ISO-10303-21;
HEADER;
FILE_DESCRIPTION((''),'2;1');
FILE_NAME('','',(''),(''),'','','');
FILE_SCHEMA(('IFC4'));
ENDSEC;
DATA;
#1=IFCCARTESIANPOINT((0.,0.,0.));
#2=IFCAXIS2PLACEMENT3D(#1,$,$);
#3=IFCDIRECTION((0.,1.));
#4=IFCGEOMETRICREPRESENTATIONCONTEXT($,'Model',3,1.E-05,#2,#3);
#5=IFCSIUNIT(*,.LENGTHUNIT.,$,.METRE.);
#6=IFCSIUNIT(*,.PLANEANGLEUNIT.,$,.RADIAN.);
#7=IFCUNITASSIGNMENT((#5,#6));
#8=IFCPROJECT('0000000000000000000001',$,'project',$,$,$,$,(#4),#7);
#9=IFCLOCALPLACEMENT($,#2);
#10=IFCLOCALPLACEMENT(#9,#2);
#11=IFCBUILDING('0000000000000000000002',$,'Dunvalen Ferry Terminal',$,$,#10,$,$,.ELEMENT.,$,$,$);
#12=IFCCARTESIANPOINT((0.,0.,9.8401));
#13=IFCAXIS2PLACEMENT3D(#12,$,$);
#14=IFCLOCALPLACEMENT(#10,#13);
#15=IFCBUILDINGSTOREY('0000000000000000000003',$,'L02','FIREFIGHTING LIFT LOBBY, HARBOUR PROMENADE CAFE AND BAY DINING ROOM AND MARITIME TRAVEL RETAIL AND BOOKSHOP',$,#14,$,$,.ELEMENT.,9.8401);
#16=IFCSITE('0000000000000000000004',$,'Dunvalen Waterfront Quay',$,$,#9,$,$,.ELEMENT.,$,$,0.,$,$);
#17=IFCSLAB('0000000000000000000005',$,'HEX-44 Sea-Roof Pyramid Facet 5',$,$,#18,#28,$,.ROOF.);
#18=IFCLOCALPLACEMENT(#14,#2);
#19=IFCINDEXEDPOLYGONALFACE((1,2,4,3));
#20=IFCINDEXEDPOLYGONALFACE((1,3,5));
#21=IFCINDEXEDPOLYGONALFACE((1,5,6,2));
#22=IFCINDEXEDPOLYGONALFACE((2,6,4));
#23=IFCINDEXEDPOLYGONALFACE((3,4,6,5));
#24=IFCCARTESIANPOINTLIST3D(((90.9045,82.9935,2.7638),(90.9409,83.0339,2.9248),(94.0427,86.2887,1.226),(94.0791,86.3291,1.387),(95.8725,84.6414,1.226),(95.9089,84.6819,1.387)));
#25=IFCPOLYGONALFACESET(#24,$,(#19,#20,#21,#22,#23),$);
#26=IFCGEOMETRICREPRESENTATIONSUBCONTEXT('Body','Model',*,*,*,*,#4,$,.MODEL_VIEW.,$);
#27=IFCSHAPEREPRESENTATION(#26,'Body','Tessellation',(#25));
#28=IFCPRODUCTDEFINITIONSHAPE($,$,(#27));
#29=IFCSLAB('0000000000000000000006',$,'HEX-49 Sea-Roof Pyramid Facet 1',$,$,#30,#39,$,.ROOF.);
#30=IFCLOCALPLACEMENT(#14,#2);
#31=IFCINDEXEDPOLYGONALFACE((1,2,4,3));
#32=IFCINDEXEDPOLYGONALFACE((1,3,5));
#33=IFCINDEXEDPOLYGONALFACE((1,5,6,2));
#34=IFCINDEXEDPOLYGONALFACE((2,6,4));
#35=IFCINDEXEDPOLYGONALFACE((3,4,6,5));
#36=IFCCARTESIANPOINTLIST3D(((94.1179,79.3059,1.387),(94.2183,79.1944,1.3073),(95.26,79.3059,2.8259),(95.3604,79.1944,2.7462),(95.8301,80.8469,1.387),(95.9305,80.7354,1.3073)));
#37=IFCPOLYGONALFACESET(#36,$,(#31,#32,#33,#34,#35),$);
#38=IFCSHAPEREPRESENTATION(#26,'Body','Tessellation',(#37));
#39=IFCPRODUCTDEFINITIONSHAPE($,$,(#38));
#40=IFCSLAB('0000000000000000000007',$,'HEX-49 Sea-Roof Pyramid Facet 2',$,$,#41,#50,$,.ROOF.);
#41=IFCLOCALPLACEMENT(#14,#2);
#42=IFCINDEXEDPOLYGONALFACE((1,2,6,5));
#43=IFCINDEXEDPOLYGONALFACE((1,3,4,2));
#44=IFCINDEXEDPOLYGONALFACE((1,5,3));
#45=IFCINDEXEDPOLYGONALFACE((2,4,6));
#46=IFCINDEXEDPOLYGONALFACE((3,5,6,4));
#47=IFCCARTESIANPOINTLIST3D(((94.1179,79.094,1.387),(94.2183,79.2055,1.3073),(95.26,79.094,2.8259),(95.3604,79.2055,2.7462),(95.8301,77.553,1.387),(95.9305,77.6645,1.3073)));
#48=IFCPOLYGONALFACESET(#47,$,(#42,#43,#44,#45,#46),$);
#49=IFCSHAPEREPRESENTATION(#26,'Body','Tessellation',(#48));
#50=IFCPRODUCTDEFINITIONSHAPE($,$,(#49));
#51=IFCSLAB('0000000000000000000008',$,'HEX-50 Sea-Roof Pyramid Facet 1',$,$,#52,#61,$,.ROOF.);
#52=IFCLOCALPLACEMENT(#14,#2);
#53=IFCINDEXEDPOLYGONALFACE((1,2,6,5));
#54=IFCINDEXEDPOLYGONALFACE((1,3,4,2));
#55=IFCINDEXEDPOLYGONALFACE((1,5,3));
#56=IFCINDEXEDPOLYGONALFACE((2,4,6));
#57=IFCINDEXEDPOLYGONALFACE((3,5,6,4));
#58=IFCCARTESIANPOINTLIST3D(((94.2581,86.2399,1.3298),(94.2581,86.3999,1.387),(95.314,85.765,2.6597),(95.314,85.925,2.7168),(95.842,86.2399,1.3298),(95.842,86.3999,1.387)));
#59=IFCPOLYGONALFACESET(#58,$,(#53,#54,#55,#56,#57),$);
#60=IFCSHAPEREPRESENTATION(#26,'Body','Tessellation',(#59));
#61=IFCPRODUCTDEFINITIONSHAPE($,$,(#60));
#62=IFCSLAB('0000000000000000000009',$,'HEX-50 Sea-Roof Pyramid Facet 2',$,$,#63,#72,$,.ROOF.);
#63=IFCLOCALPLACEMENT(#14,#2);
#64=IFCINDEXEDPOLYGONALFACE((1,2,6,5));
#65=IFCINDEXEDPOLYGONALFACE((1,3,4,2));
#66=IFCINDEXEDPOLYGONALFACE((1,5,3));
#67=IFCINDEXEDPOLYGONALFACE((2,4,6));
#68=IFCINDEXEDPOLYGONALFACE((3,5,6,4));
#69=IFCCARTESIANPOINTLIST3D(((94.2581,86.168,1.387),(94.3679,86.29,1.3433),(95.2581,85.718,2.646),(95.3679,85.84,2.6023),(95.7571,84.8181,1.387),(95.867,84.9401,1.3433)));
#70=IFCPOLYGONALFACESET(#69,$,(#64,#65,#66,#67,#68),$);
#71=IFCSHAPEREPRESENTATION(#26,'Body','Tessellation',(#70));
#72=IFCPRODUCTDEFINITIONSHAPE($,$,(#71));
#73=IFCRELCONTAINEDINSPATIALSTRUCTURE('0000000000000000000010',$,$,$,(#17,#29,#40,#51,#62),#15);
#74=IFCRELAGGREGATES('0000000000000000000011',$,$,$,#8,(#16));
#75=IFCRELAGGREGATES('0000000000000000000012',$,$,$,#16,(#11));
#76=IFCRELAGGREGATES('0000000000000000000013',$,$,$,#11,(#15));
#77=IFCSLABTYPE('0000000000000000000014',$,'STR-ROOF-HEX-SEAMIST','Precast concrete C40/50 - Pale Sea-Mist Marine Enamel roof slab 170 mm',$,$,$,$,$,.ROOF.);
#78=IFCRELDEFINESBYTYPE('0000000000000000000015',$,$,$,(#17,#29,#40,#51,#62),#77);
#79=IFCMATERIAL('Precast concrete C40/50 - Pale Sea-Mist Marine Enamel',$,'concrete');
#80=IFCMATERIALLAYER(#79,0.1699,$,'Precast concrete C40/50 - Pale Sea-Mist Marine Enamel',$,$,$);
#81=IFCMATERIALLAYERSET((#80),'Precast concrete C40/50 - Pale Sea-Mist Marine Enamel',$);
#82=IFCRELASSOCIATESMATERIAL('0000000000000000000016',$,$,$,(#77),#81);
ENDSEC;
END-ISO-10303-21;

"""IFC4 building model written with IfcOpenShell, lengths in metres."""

from ifc_helpers import new_model, si_unit, direction, frame, origin, place, context, subcontext, project, spatial, polyline, outline, extrude, material, layer, layer_set, type_object, element, save


model = new_model("IFC4")

# Units and contexts
model_context = context("Model", 3, precision=1e-05, world=origin(), true_north=direction((0.0, 1.0)))
body_context = subcontext(model_context, "Body", "Model", "MODEL_VIEW")
ifc_project = project(units=[si_unit("LENGTHUNIT", "METRE"), si_unit("PLANEANGLEUNIT", "RADIAN")], contexts=[model_context])

# Site, building, storey
site_placement = place(None, origin())
site = spatial("IfcSite", under=ifc_project, at=site_placement, Name="Dunvalen Waterfront Quay", CompositionType="ELEMENT", RefElevation=0.0)
building_placement = place(site_placement, origin())
building = spatial("IfcBuilding", under=site, at=building_placement, Name="Dunvalen Ferry Terminal", CompositionType="ELEMENT")
storey_placement = place(building_placement, frame((0.0, 0.0, 9.8401)))
storey = spatial("IfcBuildingStorey", under=building, at=storey_placement, Name="L02", Description="FIREFIGHTING LIFT LOBBY, HARBOUR PROMENADE CAFE AND BAY DINING ROOM AND MARITIME TRAVEL RETAIL AND BOOKSHOP", CompositionType="ELEMENT", Elevation=9.8401)

# Slabs
ifc_material_1 = material(Name="Precast concrete C40/50 - Pale Sea-Mist Marine Enamel", Category="concrete")
ifc_layer_1 = layer(ifc_material_1, 0.1699, Name="Precast concrete C40/50 - Pale Sea-Mist Marine Enamel")
ifc_layer_set_1 = layer_set([ifc_layer_1], Name="Precast concrete C40/50 - Pale Sea-Mist Marine Enamel")
slab_type_1 = type_object("IfcSlabType", Name="STR-ROOF-HEX-SEAMIST", Description="Precast concrete C40/50 - Pale Sea-Mist Marine Enamel roof slab 170 mm", PredefinedType="ROOF", material=ifc_layer_set_1)
slab_1_placement = place(storey_placement, frame((95.9089, 84.6819, 1.387), z_axis=(0.214282, 0.238038, 0.947323), x_axis=(-0.74322, 0.669047, 0.0)))
element("IfcSlab", 1, at=slab_1_placement, inside=storey, type_object=slab_type_1, Name="HEX-44 Sea-Roof Pyramid Facet 5", PredefinedType="ROOF", context=body_context, shape_type="SweptSolid", body=[
    extrude(outline(polyline([(0.0, 0.0), (2.462, 0.0), (2.5898, 4.8016), (0.0, 0.0)])), origin(), (0.0, 0.0, -1.0), 0.1699),
])
slab_2_placement = place(storey_placement, frame((95.8301, 80.8469, 1.387), z_axis=(-0.590859, 0.656479, 0.468958), x_axis=(-0.743278, -0.668982, 0.0)))
element("IfcSlab", 2, at=slab_2_placement, inside=storey, type_object=slab_type_1, Name="HEX-49 Sea-Roof Pyramid Facet 1", PredefinedType="ROOF", context=body_context, shape_type="SweptSolid", body=[
    extrude(outline(polyline([(0.0, 0.0), (2.3035, 0.0), (1.4546, 1.6292), (0.0, 0.0)])), origin(), (0.0, 0.0, -1.0), 0.1699),
])
slab_3_placement = place(storey_placement, frame((94.1179, 79.094, 1.387), z_axis=(-0.590859, -0.656479, 0.468958), x_axis=(0.743278, -0.668982, 0.0)))
element("IfcSlab", 3, at=slab_3_placement, inside=storey, type_object=slab_type_1, Name="HEX-49 Sea-Roof Pyramid Facet 2", PredefinedType="ROOF", context=body_context, shape_type="SweptSolid", body=[
    extrude(outline(polyline([(0.0, 0.0), (2.3035, 0.0), (0.8489, 1.6292), (0.0, 0.0)])), origin(), (0.0, 0.0, -1.0), 0.1699),
])
slab_4_placement = place(storey_placement, frame((95.842, 86.3999, 1.387), z_axis=(0.0, 0.941761, 0.336282), x_axis=(-1.0, 0.0, 0.0)))
element("IfcSlab", 4, at=slab_4_placement, inside=storey, type_object=slab_type_1, Name="HEX-50 Sea-Roof Pyramid Facet 1", PredefinedType="ROOF", context=body_context, shape_type="SweptSolid", body=[
    extrude(outline(polyline([(0.0, 0.0), (1.584, 0.0), (0.5281, 1.4121), (0.0, 0.0)])), origin(), (0.0, 0.0, -1.0), 0.1699),
])
slab_5_placement = place(storey_placement, frame((94.2581, 86.168, 1.387), z_axis=(-0.646691, -0.718156, 0.256988), x_axis=(0.743114, -0.669165, 0.0)))
element("IfcSlab", 5, at=slab_5_placement, inside=storey, type_object=slab_type_1, Name="HEX-50 Sea-Roof Pyramid Facet 2", PredefinedType="ROOF", context=body_context, shape_type="SweptSolid", body=[
    extrude(outline(polyline([(0.0, 0.0), (2.0172, 0.0), (1.0442, 1.3028), (0.0, 0.0)])), origin(), (0.0, 0.0, -1.0), 0.1699),
])

save(model, "model.ifc")
